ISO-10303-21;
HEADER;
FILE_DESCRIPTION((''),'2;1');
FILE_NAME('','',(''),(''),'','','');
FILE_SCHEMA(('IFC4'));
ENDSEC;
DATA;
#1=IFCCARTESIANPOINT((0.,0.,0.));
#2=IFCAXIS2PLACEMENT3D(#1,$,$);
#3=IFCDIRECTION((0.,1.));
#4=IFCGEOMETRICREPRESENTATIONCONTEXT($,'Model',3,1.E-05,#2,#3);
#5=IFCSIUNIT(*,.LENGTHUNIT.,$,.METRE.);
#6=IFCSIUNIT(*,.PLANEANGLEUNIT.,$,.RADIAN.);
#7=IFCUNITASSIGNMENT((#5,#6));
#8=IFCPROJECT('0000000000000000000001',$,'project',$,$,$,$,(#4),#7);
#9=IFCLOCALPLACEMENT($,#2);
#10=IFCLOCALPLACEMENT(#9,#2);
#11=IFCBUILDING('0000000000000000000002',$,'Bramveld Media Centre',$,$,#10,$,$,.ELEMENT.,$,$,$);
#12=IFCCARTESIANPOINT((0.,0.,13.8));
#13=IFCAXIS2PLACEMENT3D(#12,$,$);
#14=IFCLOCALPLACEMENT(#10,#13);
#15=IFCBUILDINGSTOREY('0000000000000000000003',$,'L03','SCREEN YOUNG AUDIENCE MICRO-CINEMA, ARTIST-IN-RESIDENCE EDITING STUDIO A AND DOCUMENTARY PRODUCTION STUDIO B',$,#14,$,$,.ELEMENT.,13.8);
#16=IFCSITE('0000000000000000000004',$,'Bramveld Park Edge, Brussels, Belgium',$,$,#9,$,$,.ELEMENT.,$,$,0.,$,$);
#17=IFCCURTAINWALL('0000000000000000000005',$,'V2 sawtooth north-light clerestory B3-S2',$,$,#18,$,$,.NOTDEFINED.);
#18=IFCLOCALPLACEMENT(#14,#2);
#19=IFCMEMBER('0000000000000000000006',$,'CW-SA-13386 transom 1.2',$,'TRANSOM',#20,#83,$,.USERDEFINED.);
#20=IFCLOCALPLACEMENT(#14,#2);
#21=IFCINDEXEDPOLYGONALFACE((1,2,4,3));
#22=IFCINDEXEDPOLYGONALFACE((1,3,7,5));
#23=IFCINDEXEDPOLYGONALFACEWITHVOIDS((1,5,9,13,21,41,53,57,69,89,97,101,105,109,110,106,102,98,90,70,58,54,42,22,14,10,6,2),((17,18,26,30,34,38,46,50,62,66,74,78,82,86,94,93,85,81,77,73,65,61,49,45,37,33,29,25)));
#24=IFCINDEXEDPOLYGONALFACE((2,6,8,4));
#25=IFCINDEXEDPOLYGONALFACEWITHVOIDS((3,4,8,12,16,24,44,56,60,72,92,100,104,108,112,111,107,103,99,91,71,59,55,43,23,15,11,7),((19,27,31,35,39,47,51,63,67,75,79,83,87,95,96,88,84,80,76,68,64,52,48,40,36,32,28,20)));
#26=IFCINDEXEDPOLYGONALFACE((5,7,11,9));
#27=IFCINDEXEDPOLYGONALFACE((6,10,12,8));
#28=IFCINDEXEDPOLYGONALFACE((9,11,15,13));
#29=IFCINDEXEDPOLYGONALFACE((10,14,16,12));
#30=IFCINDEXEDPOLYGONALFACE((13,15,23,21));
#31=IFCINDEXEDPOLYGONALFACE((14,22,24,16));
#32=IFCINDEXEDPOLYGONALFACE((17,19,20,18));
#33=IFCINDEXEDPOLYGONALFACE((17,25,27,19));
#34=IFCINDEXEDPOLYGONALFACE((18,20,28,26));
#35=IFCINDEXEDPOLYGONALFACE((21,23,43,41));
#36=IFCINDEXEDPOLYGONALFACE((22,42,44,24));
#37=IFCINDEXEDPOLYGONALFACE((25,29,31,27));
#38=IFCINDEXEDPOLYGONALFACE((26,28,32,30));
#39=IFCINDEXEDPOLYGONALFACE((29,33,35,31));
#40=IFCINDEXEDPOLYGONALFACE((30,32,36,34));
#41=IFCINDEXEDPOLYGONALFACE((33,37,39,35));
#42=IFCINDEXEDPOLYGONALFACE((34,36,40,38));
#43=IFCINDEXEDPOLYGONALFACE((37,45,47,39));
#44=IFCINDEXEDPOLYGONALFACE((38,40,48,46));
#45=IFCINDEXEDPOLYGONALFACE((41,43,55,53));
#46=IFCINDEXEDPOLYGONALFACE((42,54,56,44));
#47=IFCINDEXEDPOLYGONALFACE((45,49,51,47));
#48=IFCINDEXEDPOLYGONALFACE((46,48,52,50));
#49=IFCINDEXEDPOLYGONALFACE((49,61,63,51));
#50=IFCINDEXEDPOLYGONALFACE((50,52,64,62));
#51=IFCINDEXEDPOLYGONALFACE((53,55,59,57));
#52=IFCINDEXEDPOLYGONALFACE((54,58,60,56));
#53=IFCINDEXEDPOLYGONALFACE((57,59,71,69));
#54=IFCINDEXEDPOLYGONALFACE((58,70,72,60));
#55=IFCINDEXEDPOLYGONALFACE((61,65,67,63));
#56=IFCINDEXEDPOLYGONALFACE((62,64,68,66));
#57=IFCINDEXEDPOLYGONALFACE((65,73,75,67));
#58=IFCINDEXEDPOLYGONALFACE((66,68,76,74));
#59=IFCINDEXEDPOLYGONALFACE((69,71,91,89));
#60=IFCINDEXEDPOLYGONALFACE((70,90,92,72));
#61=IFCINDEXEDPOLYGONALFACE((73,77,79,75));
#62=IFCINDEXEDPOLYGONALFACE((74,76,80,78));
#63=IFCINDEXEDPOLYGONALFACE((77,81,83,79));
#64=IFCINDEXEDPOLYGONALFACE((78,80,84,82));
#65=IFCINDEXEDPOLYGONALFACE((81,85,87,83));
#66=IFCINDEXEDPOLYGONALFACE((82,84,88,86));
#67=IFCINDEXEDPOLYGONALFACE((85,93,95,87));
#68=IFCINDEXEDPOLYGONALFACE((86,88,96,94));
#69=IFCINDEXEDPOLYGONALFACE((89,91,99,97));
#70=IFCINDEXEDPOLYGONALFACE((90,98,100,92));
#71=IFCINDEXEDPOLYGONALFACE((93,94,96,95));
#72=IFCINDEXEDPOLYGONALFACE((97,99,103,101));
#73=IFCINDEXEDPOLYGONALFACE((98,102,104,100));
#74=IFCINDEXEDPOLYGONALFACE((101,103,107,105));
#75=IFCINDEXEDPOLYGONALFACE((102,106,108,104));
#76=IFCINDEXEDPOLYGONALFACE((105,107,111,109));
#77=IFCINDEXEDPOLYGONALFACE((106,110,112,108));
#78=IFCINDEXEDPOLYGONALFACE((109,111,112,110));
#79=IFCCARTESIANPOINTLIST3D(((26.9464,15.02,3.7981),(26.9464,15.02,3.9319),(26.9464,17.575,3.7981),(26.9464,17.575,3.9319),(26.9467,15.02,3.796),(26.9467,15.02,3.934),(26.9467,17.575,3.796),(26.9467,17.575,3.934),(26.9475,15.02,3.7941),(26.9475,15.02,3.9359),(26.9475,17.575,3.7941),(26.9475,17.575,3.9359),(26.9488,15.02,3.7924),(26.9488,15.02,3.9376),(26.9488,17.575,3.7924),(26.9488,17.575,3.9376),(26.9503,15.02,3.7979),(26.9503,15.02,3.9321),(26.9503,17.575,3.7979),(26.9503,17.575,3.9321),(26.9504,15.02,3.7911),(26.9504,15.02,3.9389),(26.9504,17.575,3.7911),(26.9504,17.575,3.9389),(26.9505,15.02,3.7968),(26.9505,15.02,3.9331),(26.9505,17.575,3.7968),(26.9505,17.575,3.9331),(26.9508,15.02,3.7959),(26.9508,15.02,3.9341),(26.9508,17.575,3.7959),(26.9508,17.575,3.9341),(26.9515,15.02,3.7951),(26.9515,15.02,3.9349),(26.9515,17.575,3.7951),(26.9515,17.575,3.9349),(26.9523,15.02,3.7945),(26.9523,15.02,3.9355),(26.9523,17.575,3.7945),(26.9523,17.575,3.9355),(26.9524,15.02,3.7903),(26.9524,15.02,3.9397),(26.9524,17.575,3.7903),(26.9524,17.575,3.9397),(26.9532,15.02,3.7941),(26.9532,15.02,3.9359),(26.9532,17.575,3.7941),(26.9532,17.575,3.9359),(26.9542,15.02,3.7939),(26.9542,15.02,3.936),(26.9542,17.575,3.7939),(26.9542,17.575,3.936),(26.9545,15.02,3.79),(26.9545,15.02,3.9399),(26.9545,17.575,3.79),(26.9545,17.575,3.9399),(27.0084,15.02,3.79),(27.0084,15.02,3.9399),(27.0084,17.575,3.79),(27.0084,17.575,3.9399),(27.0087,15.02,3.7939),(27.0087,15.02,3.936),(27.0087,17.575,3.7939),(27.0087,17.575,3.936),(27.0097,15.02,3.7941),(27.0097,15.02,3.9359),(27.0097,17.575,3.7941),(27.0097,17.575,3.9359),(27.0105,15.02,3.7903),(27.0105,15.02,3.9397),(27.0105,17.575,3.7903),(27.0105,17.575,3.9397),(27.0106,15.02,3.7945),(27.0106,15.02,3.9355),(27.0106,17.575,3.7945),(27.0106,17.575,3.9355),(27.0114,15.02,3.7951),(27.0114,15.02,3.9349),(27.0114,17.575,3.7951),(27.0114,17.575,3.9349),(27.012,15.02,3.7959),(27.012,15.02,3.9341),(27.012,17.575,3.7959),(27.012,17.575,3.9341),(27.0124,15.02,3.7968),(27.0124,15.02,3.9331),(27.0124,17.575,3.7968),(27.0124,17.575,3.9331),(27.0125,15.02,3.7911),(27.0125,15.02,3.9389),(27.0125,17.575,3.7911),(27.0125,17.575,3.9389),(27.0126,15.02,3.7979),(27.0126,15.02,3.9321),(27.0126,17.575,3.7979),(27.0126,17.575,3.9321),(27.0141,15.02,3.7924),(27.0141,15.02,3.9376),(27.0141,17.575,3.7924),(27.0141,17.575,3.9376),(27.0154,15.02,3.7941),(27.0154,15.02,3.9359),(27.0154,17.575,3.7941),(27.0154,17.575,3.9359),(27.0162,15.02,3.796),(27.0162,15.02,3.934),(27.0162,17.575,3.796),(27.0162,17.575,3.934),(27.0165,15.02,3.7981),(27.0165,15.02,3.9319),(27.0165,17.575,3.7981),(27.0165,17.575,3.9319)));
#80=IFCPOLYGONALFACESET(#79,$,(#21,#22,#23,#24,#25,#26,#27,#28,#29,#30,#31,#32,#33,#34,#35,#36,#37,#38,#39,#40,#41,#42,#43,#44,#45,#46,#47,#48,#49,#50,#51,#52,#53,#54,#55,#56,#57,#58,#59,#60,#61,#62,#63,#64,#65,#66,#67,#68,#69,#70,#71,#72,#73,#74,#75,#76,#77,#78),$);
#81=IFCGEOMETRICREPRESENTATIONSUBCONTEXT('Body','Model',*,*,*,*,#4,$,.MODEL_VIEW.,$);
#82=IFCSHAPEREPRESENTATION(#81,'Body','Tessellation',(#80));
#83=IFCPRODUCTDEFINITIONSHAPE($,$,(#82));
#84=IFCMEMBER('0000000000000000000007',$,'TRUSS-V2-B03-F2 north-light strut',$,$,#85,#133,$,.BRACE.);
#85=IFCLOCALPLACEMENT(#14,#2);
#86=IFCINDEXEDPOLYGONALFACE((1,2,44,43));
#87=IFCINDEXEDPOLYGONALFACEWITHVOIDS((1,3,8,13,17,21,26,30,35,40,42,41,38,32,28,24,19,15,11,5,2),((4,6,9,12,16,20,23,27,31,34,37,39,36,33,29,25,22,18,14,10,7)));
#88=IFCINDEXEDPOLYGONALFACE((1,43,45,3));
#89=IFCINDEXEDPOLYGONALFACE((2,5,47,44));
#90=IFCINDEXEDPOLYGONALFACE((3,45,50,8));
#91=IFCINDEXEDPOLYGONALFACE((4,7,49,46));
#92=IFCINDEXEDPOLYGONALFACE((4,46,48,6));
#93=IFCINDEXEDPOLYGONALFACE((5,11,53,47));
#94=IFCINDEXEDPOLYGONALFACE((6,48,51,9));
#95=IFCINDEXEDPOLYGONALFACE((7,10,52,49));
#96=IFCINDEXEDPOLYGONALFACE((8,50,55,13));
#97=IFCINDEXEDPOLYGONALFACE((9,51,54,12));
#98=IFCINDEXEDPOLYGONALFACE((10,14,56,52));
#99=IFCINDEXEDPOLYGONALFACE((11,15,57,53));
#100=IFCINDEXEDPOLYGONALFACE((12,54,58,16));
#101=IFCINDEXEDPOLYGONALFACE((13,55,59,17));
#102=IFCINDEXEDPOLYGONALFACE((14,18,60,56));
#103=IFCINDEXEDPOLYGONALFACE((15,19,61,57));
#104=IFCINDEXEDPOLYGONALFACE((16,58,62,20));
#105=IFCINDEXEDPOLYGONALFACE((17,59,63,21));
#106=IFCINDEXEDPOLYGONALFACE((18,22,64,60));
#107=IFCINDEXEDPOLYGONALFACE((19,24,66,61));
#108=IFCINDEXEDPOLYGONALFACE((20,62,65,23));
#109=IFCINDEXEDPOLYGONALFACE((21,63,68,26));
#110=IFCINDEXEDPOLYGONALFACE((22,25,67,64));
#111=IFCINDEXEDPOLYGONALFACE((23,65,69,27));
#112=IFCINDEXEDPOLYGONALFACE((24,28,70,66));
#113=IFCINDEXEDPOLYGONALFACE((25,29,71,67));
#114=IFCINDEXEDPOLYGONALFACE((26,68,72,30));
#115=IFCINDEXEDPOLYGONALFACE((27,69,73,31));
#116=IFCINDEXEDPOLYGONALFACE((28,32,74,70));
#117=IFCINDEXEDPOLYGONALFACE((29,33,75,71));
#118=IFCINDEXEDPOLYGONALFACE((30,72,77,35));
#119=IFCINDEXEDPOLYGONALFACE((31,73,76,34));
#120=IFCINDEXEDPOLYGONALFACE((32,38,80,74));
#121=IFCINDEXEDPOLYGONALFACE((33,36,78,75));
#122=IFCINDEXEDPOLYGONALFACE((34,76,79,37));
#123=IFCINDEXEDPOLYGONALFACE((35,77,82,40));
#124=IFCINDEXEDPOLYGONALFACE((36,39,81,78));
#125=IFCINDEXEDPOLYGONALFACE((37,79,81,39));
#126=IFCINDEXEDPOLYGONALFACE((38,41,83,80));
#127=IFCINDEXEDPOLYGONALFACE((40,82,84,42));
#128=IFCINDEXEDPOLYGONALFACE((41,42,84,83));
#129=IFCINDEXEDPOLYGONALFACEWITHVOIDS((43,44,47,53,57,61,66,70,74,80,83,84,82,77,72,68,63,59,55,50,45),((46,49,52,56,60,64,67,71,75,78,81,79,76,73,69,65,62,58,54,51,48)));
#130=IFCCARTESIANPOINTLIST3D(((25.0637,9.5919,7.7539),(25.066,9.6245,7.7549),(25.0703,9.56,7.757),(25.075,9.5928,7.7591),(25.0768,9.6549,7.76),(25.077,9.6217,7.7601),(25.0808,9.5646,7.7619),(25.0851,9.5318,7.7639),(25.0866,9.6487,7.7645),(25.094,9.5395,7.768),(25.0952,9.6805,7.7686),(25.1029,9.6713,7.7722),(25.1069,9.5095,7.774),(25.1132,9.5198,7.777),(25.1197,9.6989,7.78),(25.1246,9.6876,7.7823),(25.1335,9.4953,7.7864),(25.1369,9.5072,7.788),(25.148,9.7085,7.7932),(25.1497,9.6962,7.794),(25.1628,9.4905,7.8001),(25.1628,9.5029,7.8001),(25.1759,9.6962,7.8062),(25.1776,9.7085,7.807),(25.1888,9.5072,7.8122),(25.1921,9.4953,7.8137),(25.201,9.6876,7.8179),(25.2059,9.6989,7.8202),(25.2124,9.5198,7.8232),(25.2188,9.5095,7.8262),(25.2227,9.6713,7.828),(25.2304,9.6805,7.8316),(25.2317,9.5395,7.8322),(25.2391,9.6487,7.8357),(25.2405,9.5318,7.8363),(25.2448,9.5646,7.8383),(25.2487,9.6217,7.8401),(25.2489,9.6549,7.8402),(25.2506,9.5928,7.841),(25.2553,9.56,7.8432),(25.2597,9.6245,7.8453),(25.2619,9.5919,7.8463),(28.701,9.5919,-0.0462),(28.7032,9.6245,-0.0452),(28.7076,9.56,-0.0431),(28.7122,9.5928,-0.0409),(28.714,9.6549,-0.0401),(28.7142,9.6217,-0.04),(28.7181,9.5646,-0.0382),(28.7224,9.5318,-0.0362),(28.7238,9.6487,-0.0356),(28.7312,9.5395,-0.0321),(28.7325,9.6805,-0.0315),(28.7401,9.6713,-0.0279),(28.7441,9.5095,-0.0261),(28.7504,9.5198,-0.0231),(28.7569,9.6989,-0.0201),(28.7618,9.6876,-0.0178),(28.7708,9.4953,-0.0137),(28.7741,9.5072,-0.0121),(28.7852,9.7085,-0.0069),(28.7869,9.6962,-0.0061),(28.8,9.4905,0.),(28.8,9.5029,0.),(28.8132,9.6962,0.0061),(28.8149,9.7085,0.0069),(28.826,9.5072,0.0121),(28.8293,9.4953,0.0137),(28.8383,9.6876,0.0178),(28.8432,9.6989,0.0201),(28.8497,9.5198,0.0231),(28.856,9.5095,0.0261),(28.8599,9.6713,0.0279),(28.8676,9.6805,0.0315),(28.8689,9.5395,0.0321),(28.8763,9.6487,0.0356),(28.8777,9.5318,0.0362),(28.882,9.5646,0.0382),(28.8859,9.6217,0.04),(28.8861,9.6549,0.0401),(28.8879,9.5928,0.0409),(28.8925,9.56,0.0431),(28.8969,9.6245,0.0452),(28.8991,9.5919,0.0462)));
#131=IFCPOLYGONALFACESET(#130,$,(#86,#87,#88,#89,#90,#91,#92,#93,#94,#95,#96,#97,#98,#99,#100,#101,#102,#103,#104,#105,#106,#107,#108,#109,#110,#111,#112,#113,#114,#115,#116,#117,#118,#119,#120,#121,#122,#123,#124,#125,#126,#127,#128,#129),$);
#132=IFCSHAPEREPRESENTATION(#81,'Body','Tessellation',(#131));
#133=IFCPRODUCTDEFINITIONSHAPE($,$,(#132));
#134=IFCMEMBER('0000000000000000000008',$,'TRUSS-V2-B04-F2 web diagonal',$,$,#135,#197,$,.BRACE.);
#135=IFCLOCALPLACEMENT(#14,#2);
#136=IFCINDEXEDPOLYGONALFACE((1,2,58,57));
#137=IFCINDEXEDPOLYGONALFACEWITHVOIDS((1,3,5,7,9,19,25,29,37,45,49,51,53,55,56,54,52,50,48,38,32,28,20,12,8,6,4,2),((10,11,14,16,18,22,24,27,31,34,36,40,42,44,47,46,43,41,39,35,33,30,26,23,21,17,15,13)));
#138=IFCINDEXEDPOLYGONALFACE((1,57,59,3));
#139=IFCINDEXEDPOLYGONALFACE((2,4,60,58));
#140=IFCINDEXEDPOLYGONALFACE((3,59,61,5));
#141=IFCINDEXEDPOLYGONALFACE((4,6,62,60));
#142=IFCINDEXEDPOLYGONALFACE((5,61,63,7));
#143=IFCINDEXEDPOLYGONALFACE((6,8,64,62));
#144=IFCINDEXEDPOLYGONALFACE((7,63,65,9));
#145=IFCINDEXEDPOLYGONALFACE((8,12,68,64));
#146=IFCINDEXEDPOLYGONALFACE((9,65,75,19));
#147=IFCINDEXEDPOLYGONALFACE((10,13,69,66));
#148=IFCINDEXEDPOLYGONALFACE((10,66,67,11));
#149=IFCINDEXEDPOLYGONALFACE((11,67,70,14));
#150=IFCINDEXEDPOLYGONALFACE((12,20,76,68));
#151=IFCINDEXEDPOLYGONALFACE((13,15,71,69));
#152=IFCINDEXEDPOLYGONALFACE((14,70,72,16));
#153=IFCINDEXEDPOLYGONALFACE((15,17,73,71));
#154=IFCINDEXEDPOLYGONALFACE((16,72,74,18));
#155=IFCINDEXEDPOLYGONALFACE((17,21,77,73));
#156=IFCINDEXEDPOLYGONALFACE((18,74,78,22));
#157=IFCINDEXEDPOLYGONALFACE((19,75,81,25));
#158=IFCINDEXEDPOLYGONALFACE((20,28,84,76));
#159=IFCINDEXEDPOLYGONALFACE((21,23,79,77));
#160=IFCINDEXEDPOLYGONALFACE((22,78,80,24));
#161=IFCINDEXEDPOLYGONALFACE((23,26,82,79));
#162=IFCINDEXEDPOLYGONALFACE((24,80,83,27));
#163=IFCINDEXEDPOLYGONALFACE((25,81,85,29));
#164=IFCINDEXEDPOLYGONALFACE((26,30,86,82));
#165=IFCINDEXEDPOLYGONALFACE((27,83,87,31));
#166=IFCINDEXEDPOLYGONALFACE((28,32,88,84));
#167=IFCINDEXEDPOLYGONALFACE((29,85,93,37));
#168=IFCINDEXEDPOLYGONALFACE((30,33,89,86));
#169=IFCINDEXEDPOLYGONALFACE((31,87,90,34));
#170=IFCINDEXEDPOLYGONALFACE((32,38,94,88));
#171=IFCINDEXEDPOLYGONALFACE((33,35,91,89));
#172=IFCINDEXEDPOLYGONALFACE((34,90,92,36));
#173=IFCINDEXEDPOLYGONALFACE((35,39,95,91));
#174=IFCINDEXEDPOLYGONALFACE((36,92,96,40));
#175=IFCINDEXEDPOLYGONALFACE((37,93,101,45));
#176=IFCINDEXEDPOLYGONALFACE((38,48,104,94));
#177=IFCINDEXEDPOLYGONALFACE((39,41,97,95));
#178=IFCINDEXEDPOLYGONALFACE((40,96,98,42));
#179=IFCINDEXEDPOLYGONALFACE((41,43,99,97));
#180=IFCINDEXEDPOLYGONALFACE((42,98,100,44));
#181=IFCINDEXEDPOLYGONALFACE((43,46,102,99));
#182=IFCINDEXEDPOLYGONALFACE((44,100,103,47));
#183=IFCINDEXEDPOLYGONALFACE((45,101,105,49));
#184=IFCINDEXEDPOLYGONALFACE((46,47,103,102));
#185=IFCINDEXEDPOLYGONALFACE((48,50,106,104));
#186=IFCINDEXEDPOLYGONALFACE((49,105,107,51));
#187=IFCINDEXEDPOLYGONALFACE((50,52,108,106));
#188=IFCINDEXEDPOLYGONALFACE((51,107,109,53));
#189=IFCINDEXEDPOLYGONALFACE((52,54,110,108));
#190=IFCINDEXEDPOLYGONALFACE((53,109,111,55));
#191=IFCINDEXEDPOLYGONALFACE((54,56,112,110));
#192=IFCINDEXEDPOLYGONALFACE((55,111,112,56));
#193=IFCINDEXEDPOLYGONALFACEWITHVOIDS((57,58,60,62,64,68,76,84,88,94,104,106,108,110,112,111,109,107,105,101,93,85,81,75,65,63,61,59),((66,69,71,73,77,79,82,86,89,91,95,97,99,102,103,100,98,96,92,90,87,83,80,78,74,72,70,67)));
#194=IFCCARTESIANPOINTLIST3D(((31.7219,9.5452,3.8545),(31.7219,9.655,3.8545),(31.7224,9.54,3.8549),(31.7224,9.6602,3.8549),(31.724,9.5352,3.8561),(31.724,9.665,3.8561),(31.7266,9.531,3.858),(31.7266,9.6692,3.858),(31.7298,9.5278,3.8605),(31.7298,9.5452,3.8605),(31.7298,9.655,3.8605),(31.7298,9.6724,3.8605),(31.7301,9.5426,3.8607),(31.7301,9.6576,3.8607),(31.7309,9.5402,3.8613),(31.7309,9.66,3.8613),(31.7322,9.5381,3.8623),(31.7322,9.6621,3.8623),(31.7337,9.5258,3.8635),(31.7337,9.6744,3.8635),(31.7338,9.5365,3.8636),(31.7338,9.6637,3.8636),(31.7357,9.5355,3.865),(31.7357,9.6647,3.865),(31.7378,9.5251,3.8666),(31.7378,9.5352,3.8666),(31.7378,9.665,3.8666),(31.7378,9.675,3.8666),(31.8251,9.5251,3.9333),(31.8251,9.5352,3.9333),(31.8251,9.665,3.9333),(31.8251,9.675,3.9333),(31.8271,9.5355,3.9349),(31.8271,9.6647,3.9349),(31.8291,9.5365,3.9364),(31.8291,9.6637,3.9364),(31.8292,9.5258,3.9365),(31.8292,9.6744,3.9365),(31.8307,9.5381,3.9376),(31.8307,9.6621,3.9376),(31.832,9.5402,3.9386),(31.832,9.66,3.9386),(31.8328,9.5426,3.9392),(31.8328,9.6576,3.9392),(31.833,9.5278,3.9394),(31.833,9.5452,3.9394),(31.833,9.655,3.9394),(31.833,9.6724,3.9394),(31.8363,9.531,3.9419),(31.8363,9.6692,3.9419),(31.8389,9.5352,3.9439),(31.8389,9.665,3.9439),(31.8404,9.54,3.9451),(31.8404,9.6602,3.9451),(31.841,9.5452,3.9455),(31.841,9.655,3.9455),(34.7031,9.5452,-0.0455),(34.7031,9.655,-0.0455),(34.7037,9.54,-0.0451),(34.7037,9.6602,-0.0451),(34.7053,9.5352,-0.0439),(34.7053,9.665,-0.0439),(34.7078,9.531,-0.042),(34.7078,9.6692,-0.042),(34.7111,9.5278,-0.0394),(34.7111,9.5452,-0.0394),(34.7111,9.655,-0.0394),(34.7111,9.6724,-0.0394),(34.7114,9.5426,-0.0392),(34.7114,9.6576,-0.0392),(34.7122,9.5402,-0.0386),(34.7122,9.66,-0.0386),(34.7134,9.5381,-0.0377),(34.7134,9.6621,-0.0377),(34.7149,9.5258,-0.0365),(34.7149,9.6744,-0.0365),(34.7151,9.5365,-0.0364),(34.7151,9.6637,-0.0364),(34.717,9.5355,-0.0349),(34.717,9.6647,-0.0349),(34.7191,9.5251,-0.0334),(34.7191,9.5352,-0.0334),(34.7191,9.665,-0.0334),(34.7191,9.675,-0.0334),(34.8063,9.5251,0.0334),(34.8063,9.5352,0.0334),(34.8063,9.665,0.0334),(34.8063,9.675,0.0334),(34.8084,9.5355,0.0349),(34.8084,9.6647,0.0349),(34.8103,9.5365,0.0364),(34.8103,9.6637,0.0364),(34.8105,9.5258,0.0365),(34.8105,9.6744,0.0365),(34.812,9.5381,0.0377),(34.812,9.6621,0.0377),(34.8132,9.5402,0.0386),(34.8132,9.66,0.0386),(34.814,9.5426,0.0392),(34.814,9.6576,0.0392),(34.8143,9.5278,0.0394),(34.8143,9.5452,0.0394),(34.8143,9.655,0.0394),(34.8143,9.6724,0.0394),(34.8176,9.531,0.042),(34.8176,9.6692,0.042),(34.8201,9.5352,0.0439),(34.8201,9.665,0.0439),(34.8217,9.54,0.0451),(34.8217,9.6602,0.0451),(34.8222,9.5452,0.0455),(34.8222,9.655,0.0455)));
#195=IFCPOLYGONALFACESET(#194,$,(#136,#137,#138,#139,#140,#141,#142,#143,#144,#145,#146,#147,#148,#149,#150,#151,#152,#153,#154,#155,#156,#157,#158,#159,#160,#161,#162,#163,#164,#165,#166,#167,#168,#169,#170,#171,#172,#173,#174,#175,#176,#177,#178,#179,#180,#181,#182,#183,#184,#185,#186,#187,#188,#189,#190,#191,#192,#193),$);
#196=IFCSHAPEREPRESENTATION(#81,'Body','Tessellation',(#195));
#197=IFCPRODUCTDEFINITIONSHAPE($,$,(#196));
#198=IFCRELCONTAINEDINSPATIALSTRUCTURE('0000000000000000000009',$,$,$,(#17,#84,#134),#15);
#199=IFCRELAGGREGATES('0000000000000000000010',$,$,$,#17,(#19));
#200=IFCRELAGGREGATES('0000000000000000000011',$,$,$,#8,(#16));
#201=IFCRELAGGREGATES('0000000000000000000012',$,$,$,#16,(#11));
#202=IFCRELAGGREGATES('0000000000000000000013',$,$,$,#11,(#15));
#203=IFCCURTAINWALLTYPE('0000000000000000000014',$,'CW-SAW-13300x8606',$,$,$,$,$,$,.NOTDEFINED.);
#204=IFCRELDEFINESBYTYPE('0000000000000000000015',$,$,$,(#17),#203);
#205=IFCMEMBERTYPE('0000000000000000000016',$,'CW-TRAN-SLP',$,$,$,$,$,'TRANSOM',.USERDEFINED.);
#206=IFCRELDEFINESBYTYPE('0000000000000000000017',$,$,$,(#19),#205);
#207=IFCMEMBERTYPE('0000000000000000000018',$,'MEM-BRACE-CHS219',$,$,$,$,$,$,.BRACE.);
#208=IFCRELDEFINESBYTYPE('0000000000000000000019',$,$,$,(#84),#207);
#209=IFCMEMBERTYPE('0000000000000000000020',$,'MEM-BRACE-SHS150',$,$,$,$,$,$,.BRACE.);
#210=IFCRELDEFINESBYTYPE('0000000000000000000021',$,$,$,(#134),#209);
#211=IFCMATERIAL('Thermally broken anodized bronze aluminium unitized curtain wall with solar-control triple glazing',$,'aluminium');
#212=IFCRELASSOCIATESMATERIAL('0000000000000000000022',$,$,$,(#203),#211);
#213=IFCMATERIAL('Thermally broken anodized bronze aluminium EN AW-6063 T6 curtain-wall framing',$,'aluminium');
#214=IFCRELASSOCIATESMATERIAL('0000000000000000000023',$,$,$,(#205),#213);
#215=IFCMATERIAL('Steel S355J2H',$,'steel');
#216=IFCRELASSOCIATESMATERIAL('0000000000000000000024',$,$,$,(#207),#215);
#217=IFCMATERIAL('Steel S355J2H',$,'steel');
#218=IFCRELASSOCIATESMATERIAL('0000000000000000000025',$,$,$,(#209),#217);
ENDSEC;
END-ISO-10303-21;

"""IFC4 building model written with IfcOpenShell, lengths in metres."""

from ifc_helpers import new_model, si_unit, direction, frame, origin, origin_2d, place, context, subcontext, project, spatial, hollow_rectangle, hollow_circle, extrude, material, material_profile, profile_set, type_object, element, aggregate, save


model = new_model("IFC4")

# Units and contexts
model_context = context("Model", 3, precision=1e-05, world=origin(), true_north=direction((0.0, 1.0)))
body_context = subcontext(model_context, "Body", "Model", "MODEL_VIEW")
ifc_project = project(units=[si_unit("LENGTHUNIT", "METRE"), si_unit("PLANEANGLEUNIT", "RADIAN")], contexts=[model_context])

# Site, building, storey
site_placement = place(None, origin())
site = spatial("IfcSite", under=ifc_project, at=site_placement, Name="Bramveld Park Edge, Brussels, Belgium", CompositionType="ELEMENT", RefElevation=0.0)
building_placement = place(site_placement, origin())
building = spatial("IfcBuilding", under=site, at=building_placement, Name="Bramveld Media Centre", CompositionType="ELEMENT")
storey_placement = place(building_placement, frame((0.0, 0.0, 13.8)))
storey = spatial("IfcBuildingStorey", under=building, at=storey_placement, Name="L03", Description="SCREEN YOUNG AUDIENCE MICRO-CINEMA, ARTIST-IN-RESIDENCE EDITING STUDIO A AND DOCUMENTARY PRODUCTION STUDIO B", CompositionType="ELEMENT", Elevation=13.8)

# Shared definitions
ifc_material_1 = material(Name="Thermally broken anodized bronze aluminium unitized curtain wall with solar-control triple glazing", Category="aluminium")
curtain_wall_type = type_object("IfcCurtainWallType", Name="CW-SAW-13300x8606", PredefinedType="NOTDEFINED", material=ifc_material_1)

# Curtain wall
curtain_wall_1_placement = place(storey_placement, origin())
curtain_wall_1 = element("IfcCurtainWall", 1, at=curtain_wall_1_placement, inside=storey, type_object=curtain_wall_type, Name="V2 sawtooth north-light clerestory B3-S2", PredefinedType="NOTDEFINED")

# Member
ifc_material_2 = material(Name="Thermally broken anodized bronze aluminium EN AW-6063 T6 curtain-wall framing", Category="aluminium")
ifc_material_profile_1 = material_profile(ifc_material_2, hollow_rectangle(XDim=0.0701, YDim=0.1499, WallThickness=0.0039, InnerFilletRadius=0.0039, OuterFilletRadius=0.0081, at=origin_2d()), Name="AL-TRAN 70x150")
ifc_profile_set_1 = profile_set([ifc_material_profile_1], Name="Thermally broken anodized bronze aluminium EN AW-6063 T6 curtain-wall framing")
member_type_1 = type_object("IfcMemberType", Name="CW-TRAN-SLP", ElementType="TRANSOM", PredefinedType="USERDEFINED", material=ifc_profile_set_1)
member_1_placement = place(storey_placement, frame((26.9814, 15.02, 3.865), z_axis=(0.0, 1.0, 0.0), x_axis=(-1.0, 0.0, 0.0)))
member_1 = element("IfcMember", 2, at=member_1_placement, type_object=member_type_1, Name="CW-SA-13386 transom 1.2", ObjectType="TRANSOM", PredefinedType="USERDEFINED", context=body_context, shape_type="SweptSolid", body=[
    extrude(hollow_rectangle(XDim=0.0701, YDim=0.1499, WallThickness=0.0039, InnerFilletRadius=0.0039, OuterFilletRadius=0.0081, at=origin_2d()), origin(), (0.0, 0.0, 1.0), 2.5549),
])

# Members
ifc_material_3 = material(Name="Steel S355J2H", Category="steel")
ifc_material_profile_2 = material_profile(ifc_material_3, hollow_circle(Radius=0.1096, WallThickness=0.0125, at=origin_2d()), Name="CHS 219.1x12.5")
ifc_profile_set_2 = profile_set([ifc_material_profile_2], Name="Steel S355J2H")
member_type_2 = type_object("IfcMemberType", Name="MEM-BRACE-CHS219", PredefinedType="BRACE", material=ifc_profile_set_2)
member_2_placement = place(storey_placement, frame((28.8, 9.6001, 0.0), z_axis=(-0.422617, 0.0, 0.906308), x_axis=(0.0, -1.0, 0.0)))
element("IfcMember", 3, at=member_2_placement, inside=storey, type_object=member_type_2, Name="TRUSS-V2-B03-F2 north-light strut", PredefinedType="BRACE", context=body_context, shape_type="SweptSolid", body=[
    extrude(hollow_circle(Radius=0.1096, WallThickness=0.0125, at=origin_2d()), origin(), (0.0, 0.0, 1.0), 8.6064),
])
ifc_material_4 = material(Name="Steel S355J2H", Category="steel")
ifc_material_profile_3 = material_profile(ifc_material_4, hollow_rectangle(XDim=0.1499, YDim=0.1499, WallThickness=0.01, InnerFilletRadius=0.01, OuterFilletRadius=0.02, at=origin_2d()), Name="SHS 150x150x10")
ifc_profile_set_3 = profile_set([ifc_material_profile_3], Name="Steel S355J2H")
member_type_3 = type_object("IfcMemberType", Name="MEM-BRACE-SHS150", PredefinedType="BRACE", material=ifc_profile_set_3)
member_3_placement = place(storey_placement, frame((34.7627, 9.6001, 0.0), z_axis=(-0.607312, 0.0, 0.794464), x_axis=(0.0, -1.0, 0.0)))
element("IfcMember", 4, at=member_3_placement, inside=storey, type_object=member_type_3, Name="TRUSS-V2-B04-F2 web diagonal", PredefinedType="BRACE", context=body_context, shape_type="SweptSolid", body=[
    extrude(hollow_rectangle(XDim=0.1499, YDim=0.1499, WallThickness=0.01, InnerFilletRadius=0.01, OuterFilletRadius=0.02, at=origin_2d()), origin(), (0.0, 0.0, 1.0), 4.9089),
])

aggregate(curtain_wall_1, [member_1])

save(model, "model.ifc")
